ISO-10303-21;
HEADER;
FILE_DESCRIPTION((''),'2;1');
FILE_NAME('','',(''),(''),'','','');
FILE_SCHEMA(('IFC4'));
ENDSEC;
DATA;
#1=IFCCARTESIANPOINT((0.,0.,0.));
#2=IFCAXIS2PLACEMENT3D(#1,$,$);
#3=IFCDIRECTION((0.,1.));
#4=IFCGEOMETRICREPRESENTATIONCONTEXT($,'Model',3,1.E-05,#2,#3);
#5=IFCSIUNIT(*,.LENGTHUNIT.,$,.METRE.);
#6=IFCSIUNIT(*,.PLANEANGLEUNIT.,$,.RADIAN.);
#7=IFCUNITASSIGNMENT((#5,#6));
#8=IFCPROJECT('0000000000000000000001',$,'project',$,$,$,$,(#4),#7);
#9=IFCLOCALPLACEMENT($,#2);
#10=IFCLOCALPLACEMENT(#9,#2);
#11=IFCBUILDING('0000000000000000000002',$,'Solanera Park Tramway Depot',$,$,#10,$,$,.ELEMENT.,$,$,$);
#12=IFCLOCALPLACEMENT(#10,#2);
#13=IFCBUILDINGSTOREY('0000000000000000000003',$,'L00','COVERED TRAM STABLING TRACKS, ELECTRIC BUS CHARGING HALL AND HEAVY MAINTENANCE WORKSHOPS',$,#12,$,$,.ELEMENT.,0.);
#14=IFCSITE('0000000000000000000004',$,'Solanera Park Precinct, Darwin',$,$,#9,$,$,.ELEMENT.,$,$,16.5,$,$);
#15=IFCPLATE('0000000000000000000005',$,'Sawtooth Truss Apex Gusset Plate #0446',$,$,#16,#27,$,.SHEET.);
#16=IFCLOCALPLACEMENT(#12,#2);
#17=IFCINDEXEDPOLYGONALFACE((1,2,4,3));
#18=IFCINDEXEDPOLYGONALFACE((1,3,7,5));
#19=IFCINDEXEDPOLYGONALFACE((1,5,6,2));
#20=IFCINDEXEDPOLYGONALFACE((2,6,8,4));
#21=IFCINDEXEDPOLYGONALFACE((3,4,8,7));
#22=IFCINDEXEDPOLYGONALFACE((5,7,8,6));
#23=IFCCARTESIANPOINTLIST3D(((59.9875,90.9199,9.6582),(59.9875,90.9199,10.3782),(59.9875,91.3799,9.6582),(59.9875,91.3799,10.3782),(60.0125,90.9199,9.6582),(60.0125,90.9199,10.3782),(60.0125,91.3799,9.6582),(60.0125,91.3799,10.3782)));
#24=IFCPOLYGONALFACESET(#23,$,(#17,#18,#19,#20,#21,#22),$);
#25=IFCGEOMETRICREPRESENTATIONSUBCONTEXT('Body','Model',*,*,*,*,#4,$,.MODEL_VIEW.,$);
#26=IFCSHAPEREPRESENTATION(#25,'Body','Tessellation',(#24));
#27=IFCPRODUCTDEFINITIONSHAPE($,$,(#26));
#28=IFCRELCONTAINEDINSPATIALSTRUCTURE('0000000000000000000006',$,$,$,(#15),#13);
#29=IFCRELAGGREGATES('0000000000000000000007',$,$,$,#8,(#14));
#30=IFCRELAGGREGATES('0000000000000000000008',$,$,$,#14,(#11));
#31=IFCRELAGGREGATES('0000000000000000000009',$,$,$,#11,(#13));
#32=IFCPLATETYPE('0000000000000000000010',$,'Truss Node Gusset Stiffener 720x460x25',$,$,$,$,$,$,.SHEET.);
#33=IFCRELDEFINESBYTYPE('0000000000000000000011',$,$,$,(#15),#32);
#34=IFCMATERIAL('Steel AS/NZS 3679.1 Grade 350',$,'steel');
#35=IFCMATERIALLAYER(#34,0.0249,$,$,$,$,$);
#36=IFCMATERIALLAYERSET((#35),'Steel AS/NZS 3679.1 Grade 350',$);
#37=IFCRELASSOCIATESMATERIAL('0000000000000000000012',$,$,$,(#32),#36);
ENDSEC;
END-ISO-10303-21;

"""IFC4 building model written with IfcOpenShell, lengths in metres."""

from ifc_helpers import new_model, si_unit, direction, frame, origin, origin_2d, place, context, subcontext, project, spatial, rectangle, extrude, material, layer, layer_set, type_object, element, save


model = new_model("IFC4")

# Units and contexts
model_context = context("Model", 3, precision=1e-05, world=origin(), true_north=direction((0.0, 1.0)))
body_context = subcontext(model_context, "Body", "Model", "MODEL_VIEW")
ifc_project = project(units=[si_unit("LENGTHUNIT", "METRE"), si_unit("PLANEANGLEUNIT", "RADIAN")], contexts=[model_context])

# Site, building, storey
site_placement = place(None, origin())
site = spatial("IfcSite", under=ifc_project, at=site_placement, Name="Solanera Park Precinct, Darwin", CompositionType="ELEMENT", RefElevation=16.5)
building_placement = place(site_placement, origin())
building = spatial("IfcBuilding", under=site, at=building_placement, Name="Solanera Park Tramway Depot", CompositionType="ELEMENT")
storey_placement = place(building_placement, origin())
storey = spatial("IfcBuildingStorey", under=building, at=storey_placement, Name="L00", Description="COVERED TRAM STABLING TRACKS, ELECTRIC BUS CHARGING HALL AND HEAVY MAINTENANCE WORKSHOPS", CompositionType="ELEMENT", Elevation=0.0)

# Plate
ifc_material_1 = material(Name="Steel AS/NZS 3679.1 Grade 350", Category="steel")
ifc_layer_1 = layer(ifc_material_1, 0.0249)
ifc_layer_set_1 = layer_set([ifc_layer_1], Name="Steel AS/NZS 3679.1 Grade 350")
plate_type_1 = type_object("IfcPlateType", Name="Truss Node Gusset Stiffener 720x460x25", PredefinedType="SHEET", material=ifc_layer_set_1)
plate_1_placement = place(storey_placement, frame((60.0, 91.1499, 9.6582), z_axis=(0.0, 0.0, 1.0), x_axis=(1.0, 0.0, 0.0)))
element("IfcPlate", 1, at=plate_1_placement, inside=storey, type_object=plate_type_1, Name="Sawtooth Truss Apex Gusset Plate #0446", PredefinedType="SHEET", context=body_context, shape_type="SweptSolid", body=[
    extrude(rectangle(XDim=0.0249, YDim=0.46, at=origin_2d()), origin(), (0.0, 0.0, 1.0), 0.72),
])

save(model, "model.ifc")
